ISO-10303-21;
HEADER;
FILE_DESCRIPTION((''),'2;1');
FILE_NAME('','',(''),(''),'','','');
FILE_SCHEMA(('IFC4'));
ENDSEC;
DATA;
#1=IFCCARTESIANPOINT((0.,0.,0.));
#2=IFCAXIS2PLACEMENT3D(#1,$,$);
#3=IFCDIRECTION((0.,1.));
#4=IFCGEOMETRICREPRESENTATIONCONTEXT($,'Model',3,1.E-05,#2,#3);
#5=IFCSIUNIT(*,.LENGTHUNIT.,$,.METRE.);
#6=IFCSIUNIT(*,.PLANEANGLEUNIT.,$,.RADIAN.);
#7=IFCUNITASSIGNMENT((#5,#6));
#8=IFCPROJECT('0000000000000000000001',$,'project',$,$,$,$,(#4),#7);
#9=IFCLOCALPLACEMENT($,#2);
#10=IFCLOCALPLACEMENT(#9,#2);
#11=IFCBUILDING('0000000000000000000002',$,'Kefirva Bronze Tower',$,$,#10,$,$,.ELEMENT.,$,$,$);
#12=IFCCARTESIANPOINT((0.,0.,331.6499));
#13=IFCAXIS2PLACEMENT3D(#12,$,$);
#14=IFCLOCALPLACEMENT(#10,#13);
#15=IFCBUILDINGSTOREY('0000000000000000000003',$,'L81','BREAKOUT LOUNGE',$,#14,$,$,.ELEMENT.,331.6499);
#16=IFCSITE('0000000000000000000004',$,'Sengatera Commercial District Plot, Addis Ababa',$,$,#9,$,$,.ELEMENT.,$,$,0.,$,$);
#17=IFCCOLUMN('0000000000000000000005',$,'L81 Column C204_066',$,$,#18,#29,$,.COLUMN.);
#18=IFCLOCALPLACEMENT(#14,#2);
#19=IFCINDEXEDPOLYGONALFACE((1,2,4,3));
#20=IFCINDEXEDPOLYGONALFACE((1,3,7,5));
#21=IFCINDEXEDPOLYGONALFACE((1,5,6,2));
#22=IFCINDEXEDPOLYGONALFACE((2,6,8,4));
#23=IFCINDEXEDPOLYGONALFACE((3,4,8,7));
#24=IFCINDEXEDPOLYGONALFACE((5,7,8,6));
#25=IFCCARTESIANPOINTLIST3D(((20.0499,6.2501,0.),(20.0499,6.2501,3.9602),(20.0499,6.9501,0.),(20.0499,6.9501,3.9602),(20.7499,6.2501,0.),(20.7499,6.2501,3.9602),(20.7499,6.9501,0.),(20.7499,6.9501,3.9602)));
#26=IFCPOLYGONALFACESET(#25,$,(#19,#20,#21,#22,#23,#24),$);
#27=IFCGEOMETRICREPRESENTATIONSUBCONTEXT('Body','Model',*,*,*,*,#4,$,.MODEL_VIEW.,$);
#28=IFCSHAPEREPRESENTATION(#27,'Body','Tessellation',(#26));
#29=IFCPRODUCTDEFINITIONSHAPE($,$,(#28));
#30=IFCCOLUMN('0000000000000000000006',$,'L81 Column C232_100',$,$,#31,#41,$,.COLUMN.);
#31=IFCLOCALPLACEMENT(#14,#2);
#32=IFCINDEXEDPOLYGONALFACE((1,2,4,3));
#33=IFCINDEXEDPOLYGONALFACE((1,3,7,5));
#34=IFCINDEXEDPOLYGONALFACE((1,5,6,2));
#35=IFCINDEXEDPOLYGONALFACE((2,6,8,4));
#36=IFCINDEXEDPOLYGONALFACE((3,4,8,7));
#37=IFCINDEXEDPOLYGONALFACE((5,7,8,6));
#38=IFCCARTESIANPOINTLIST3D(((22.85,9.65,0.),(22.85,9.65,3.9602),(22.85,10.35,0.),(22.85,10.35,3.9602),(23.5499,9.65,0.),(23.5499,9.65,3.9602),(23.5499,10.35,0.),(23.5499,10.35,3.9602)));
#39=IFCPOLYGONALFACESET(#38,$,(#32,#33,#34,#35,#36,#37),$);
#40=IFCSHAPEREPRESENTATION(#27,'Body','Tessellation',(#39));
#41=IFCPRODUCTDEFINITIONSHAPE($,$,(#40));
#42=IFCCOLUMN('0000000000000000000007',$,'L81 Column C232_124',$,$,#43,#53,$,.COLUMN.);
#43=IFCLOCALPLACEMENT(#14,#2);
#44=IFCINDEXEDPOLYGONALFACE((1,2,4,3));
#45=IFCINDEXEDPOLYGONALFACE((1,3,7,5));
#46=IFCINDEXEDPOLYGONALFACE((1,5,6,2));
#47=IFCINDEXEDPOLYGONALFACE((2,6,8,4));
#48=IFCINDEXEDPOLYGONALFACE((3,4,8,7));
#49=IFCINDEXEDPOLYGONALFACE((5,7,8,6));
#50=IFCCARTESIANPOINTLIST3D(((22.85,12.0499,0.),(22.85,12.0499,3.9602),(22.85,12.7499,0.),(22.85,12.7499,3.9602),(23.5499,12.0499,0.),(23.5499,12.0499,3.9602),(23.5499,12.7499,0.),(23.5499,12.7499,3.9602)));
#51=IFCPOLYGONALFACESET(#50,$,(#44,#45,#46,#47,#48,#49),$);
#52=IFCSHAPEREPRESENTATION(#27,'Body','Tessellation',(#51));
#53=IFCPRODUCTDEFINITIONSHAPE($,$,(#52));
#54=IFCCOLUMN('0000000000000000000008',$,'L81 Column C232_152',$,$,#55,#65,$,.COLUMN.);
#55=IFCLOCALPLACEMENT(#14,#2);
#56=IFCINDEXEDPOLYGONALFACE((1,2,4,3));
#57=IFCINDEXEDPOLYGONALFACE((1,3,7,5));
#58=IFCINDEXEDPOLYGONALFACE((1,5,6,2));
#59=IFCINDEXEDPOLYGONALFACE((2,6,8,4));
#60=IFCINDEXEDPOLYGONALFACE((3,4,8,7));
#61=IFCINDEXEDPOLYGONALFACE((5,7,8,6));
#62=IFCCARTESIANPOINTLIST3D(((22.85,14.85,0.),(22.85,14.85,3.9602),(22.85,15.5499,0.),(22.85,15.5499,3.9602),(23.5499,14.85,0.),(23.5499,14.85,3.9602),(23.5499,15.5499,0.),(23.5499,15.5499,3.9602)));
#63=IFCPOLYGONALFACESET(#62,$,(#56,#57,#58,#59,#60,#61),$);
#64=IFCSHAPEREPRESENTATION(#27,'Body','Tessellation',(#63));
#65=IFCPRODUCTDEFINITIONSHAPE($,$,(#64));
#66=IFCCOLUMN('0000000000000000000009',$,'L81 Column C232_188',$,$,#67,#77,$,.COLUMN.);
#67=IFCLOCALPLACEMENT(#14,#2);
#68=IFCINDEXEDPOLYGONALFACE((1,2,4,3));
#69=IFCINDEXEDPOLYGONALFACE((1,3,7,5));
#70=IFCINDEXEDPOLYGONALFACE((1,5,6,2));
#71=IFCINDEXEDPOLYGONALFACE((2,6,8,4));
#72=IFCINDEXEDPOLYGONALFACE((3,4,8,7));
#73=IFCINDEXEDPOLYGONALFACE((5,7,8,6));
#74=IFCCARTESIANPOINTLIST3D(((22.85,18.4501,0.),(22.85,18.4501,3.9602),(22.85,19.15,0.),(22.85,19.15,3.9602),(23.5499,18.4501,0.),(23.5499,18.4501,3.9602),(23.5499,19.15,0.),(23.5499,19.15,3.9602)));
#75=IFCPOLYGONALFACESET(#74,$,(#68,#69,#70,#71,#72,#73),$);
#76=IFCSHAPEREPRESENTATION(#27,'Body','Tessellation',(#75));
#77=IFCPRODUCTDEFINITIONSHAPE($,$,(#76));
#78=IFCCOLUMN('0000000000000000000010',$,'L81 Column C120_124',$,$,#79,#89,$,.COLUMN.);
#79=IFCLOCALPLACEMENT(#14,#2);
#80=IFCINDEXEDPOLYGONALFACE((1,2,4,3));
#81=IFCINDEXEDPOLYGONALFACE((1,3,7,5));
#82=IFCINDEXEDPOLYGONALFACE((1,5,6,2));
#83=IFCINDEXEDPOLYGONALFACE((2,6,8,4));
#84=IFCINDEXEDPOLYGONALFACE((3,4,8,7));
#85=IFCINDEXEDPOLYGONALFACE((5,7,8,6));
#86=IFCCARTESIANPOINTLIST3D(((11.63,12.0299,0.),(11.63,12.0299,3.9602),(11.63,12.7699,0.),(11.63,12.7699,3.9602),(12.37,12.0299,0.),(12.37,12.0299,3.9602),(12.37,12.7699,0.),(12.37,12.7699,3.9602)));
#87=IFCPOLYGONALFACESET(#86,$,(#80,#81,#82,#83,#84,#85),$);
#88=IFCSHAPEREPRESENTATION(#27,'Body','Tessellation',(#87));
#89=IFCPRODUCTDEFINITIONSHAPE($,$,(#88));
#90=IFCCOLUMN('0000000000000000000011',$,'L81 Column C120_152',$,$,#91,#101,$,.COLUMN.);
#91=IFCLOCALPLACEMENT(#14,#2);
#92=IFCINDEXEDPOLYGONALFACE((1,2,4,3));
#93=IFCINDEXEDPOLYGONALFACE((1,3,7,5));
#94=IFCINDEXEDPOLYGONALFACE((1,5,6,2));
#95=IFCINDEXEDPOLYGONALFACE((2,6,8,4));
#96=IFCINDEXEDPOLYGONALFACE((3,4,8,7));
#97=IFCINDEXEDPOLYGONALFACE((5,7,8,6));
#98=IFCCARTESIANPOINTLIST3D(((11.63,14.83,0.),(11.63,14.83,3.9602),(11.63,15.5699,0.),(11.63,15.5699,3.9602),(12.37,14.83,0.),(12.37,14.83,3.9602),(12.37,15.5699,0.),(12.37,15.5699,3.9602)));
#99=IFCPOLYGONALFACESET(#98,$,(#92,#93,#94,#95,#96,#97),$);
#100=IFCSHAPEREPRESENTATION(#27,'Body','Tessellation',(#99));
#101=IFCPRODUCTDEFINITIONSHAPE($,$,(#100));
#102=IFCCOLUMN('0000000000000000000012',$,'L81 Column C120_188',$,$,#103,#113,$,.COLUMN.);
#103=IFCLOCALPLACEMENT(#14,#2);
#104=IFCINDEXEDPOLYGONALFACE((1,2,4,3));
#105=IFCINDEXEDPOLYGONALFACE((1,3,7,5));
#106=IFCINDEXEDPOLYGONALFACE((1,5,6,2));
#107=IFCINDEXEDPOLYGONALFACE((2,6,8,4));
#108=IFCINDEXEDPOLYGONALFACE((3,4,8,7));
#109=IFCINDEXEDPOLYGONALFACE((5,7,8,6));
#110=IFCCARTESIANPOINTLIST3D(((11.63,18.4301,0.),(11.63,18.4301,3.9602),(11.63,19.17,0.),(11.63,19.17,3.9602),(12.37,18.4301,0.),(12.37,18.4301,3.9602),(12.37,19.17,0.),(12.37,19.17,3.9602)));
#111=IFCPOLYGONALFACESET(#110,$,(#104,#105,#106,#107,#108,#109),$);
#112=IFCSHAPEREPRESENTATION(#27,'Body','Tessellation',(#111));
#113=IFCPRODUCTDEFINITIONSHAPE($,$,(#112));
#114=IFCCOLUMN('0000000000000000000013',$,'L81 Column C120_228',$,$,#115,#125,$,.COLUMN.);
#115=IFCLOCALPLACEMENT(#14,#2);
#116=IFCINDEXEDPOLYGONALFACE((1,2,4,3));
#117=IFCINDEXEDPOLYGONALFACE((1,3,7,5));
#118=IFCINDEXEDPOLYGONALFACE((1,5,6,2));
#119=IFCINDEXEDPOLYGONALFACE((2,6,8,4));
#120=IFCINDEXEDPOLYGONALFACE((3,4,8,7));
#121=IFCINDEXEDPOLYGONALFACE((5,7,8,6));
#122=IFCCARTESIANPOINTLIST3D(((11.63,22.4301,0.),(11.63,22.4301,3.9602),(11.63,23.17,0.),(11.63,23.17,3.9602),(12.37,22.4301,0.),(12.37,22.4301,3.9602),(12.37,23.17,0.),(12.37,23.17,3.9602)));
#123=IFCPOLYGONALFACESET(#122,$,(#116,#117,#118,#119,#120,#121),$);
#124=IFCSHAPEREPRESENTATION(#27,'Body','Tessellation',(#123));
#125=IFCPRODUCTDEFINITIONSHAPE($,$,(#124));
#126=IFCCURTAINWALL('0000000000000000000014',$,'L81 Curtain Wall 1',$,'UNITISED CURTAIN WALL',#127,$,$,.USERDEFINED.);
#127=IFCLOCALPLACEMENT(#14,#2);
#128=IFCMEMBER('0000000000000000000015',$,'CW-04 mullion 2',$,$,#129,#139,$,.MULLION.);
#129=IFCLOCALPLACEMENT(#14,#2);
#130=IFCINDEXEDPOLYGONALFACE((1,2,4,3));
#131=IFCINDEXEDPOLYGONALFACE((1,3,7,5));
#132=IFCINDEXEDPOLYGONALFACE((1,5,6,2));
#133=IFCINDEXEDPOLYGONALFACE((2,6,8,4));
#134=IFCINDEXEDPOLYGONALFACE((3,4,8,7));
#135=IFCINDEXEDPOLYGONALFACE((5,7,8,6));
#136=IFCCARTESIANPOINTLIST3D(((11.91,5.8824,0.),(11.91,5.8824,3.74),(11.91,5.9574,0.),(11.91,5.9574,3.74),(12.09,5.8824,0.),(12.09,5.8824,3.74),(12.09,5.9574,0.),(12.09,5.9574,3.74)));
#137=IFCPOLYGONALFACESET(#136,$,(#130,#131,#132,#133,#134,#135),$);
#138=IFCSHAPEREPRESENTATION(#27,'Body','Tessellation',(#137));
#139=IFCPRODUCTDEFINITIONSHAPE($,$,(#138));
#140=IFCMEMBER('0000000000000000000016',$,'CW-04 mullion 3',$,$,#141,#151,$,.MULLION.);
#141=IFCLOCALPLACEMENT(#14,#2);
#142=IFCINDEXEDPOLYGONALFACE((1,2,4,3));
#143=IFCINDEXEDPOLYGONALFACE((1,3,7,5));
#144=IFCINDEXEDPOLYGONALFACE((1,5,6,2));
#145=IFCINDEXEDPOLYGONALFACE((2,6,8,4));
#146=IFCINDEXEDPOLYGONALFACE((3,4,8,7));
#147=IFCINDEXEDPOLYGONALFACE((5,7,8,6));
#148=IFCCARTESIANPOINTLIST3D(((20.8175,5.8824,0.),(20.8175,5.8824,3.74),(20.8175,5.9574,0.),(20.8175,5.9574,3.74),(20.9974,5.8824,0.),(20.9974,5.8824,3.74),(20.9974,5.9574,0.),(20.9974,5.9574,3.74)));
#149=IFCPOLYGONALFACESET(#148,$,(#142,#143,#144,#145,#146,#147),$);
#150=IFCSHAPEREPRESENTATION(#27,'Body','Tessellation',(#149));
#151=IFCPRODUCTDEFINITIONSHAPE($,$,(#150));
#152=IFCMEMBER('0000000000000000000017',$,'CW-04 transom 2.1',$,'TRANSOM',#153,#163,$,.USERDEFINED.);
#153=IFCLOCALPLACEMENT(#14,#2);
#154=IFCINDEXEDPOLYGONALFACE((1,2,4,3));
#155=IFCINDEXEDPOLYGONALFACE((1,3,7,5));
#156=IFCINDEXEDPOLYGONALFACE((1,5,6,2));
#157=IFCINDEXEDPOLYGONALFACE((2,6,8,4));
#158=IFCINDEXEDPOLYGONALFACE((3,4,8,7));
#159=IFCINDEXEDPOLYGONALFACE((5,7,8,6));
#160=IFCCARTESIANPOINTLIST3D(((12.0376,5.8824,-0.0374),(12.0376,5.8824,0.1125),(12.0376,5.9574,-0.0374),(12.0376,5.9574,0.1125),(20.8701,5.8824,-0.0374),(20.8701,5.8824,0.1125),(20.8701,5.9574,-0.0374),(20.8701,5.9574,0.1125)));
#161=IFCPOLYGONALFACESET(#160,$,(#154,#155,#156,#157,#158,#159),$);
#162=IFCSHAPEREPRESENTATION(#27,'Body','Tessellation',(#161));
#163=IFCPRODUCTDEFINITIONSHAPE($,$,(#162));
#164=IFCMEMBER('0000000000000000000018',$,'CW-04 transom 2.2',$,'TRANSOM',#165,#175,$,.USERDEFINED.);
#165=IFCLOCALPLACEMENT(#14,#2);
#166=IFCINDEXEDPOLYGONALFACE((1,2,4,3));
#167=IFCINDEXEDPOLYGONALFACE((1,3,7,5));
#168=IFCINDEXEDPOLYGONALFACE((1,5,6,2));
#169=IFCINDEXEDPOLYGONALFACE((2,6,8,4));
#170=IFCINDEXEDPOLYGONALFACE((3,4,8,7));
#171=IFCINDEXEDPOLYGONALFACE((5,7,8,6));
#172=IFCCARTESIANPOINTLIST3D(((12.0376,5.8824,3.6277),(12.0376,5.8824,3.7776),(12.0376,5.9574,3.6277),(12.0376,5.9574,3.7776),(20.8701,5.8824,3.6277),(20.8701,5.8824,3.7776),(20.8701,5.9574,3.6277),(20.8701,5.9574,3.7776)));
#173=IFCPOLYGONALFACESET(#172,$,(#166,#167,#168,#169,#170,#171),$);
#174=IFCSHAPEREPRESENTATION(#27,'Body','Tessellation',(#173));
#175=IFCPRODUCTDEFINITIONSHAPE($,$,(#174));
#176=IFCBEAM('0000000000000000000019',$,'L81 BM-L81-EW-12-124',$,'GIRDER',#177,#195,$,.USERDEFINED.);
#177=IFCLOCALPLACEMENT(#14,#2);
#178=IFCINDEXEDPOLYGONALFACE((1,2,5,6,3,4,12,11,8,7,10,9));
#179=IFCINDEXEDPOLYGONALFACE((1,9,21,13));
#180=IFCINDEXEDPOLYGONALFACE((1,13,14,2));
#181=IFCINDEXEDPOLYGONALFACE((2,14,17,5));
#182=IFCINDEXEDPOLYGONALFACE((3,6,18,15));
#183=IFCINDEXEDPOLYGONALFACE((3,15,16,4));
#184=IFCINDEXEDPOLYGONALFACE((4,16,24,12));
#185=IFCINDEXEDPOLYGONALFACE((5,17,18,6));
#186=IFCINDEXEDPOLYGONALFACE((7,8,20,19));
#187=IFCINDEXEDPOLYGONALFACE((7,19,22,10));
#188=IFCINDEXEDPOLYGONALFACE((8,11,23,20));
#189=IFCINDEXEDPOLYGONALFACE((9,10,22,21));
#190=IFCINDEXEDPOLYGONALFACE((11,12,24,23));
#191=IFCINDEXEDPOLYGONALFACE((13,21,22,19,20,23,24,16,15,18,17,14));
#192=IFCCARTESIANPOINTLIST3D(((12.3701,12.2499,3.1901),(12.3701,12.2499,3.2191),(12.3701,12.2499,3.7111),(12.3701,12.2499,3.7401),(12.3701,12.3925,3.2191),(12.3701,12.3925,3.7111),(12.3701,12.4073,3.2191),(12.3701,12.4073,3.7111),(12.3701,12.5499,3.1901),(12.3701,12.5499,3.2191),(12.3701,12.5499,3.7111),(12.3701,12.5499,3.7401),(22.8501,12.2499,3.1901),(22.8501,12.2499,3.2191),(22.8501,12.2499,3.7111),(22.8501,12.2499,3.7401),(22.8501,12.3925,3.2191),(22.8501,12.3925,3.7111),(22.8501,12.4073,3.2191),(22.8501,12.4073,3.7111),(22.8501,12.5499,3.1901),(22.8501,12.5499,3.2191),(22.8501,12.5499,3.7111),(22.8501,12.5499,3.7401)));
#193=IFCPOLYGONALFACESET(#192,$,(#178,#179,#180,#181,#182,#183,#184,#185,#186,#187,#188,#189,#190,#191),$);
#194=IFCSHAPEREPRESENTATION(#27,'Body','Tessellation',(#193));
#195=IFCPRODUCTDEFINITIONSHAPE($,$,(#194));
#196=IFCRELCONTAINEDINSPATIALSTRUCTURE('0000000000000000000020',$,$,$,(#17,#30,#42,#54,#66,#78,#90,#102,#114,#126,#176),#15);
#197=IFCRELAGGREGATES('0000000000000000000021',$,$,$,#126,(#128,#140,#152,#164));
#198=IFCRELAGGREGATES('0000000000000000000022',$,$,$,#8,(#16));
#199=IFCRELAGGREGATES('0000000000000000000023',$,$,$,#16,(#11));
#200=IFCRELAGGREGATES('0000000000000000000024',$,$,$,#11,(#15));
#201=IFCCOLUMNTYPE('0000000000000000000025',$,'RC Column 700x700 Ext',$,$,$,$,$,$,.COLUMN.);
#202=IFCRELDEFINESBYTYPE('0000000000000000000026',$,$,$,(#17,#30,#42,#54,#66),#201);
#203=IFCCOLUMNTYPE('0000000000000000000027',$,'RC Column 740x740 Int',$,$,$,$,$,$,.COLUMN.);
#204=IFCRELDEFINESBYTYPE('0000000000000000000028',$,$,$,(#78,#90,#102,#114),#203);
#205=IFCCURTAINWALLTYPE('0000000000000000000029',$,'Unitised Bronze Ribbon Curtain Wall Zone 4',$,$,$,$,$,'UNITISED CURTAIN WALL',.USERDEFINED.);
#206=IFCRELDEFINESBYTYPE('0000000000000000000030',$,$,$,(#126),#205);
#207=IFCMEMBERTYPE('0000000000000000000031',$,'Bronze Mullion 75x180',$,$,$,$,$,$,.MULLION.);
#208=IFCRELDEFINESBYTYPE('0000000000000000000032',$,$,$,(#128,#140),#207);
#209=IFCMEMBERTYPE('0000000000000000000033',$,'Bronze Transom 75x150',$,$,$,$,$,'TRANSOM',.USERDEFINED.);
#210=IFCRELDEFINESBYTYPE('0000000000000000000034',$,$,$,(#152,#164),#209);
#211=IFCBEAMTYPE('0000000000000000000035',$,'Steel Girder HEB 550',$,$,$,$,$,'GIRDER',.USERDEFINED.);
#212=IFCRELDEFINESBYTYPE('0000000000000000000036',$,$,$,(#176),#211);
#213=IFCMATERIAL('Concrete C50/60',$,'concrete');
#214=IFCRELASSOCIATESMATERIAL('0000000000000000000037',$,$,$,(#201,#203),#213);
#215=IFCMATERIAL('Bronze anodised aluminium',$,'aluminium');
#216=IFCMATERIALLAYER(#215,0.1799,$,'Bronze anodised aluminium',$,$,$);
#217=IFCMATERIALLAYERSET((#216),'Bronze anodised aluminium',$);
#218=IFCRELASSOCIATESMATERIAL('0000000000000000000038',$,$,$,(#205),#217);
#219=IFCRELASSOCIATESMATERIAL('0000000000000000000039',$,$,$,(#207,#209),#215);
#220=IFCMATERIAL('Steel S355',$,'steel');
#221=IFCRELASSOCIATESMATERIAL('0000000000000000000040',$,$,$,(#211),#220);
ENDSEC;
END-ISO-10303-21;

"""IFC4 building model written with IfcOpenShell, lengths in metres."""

from ifc_helpers import new_model, si_unit, direction, frame, origin, origin_2d, place, context, subcontext, project, spatial, rectangle, i_section, extrude, material, layer, layer_set, material_profile, profile_set, type_object, element, aggregate, save


model = new_model("IFC4")

# Units and contexts
model_context = context("Model", 3, precision=1e-05, world=origin(), true_north=direction((0.0, 1.0)))
body_context = subcontext(model_context, "Body", "Model", "MODEL_VIEW")
ifc_project = project(units=[si_unit("LENGTHUNIT", "METRE"), si_unit("PLANEANGLEUNIT", "RADIAN")], contexts=[model_context])

# Site, building, storey
site_placement = place(None, origin())
site = spatial("IfcSite", under=ifc_project, at=site_placement, Name="Sengatera Commercial District Plot, Addis Ababa", CompositionType="ELEMENT", RefElevation=0.0)
building_placement = place(site_placement, origin())
building = spatial("IfcBuilding", under=site, at=building_placement, Name="Kefirva Bronze Tower", CompositionType="ELEMENT")
storey_placement = place(building_placement, frame((0.0, 0.0, 331.6499)))
storey = spatial("IfcBuildingStorey", under=building, at=storey_placement, Name="L81", Description="BREAKOUT LOUNGE", CompositionType="ELEMENT", Elevation=331.6499)

# Columns
ifc_material_1 = material(Name="Concrete C50/60", Category="concrete")
ifc_material_profile_1 = material_profile(ifc_material_1, rectangle(XDim=0.7, YDim=0.7, at=origin_2d()), Name="RC 700x700")
ifc_profile_set_1 = profile_set([ifc_material_profile_1], Name="Concrete C50/60")
column_type_1 = type_object("IfcColumnType", Name="RC Column 700x700 Ext", PredefinedType="COLUMN", material=ifc_profile_set_1)
for number, where, z_axis, x_axis, name in (
    (1, (20.3999, 6.6001, 0.0), (0.0, 0.0, 1.0), (1.0, 0.0, 0.0), "L81 Column C204_066"),
    (2, (23.2, 10.0, 0.0), (0.0, 0.0, 1.0), (1.0, 0.0, 0.0), "L81 Column C232_100"),
    (3, (23.2, 12.3999, 0.0), (0.0, 0.0, 1.0), (1.0, 0.0, 0.0), "L81 Column C232_124"),
    (4, (23.2, 15.2, 0.0), (0.0, 0.0, 1.0), (1.0, 0.0, 0.0), "L81 Column C232_152"),
    (5, (23.2, 18.8, 0.0), (0.0, 0.0, 1.0), (1.0, 0.0, 0.0), "L81 Column C232_188"),
):
    element("IfcColumn", number, at=place(storey_placement, frame(where, z_axis=z_axis, x_axis=x_axis)), inside=storey, type_object=column_type_1, Name=name, PredefinedType="COLUMN", context=body_context, shape_type="SweptSolid", body=[
        extrude(rectangle(XDim=0.7, YDim=0.7, at=origin_2d()), origin(), (0.0, 0.0, 1.0), 3.9602),
    ])
ifc_material_profile_2 = material_profile(ifc_material_1, rectangle(XDim=0.74, YDim=0.74, at=origin_2d()), Name="RC 740x740")
ifc_profile_set_2 = profile_set([ifc_material_profile_2], Name="Concrete C50/60")
column_type_2 = type_object("IfcColumnType", Name="RC Column 740x740 Int", PredefinedType="COLUMN", material=ifc_profile_set_2)
for number, where, z_axis, x_axis, name in (
    (6, (12.0, 12.3999, 0.0), (0.0, 0.0, 1.0), (1.0, 0.0, 0.0), "L81 Column C120_124"),
    (7, (12.0, 15.2, 0.0), (0.0, 0.0, 1.0), (1.0, 0.0, 0.0), "L81 Column C120_152"),
    (8, (12.0, 18.8, 0.0), (0.0, 0.0, 1.0), (1.0, 0.0, 0.0), "L81 Column C120_188"),
    (9, (12.0, 22.8, 0.0), (0.0, 0.0, 1.0), (1.0, 0.0, 0.0), "L81 Column C120_228"),
):
    element("IfcColumn", number, at=place(storey_placement, frame(where, z_axis=z_axis, x_axis=x_axis)), inside=storey, type_object=column_type_2, Name=name, PredefinedType="COLUMN", context=body_context, shape_type="SweptSolid", body=[
        extrude(rectangle(XDim=0.74, YDim=0.74, at=origin_2d()), origin(), (0.0, 0.0, 1.0), 3.9602),
    ])

# Curtain wall, members
ifc_material_2 = material(Name="Bronze anodised aluminium", Category="aluminium")
ifc_layer_1 = layer(ifc_material_2, 0.1799, Name="Bronze anodised aluminium")
ifc_layer_set_1 = layer_set([ifc_layer_1], Name="Bronze anodised aluminium")
curtain_wall_type = type_object("IfcCurtainWallType", Name="Unitised Bronze Ribbon Curtain Wall Zone 4", ElementType="UNITISED CURTAIN WALL", PredefinedType="USERDEFINED", material=ifc_layer_set_1)
curtain_wall_placement = place(storey_placement, origin())
curtain_wall = element("IfcCurtainWall", 10, at=curtain_wall_placement, inside=storey, type_object=curtain_wall_type, Name="L81 Curtain Wall 1", ObjectType="UNITISED CURTAIN WALL", PredefinedType="USERDEFINED")
ifc_material_profile_3 = material_profile(ifc_material_2, rectangle(XDim=0.075, YDim=0.1799, at=origin_2d()), Name="ALU 75x180")
ifc_profile_set_3 = profile_set([ifc_material_profile_3], Name="Bronze anodised aluminium")
member_type_1 = type_object("IfcMemberType", Name="Bronze Mullion 75x180", PredefinedType="MULLION", material=ifc_profile_set_3)
member_1_placement = place(storey_placement, frame((12.0, 5.9199, 0.0), z_axis=(0.0, 0.0, 1.0), x_axis=(0.0, 1.0, 0.0)))
member_1 = element("IfcMember", 11, at=member_1_placement, type_object=member_type_1, Name="CW-04 mullion 2", PredefinedType="MULLION", context=body_context, shape_type="SweptSolid", body=[
    extrude(rectangle(XDim=0.075, YDim=0.1799, at=origin_2d()), origin(), (0.0, 0.0, 1.0), 3.74),
])
member_2_placement = place(storey_placement, frame((20.9075, 5.9199, 0.0), z_axis=(0.0, 0.0, 1.0), x_axis=(0.0, 1.0, 0.0)))
member_2 = element("IfcMember", 12, at=member_2_placement, type_object=member_type_1, Name="CW-04 mullion 3", PredefinedType="MULLION", context=body_context, shape_type="SweptSolid", body=[
    extrude(rectangle(XDim=0.075, YDim=0.1799, at=origin_2d()), origin(), (0.0, 0.0, 1.0), 3.74),
])
ifc_material_profile_4 = material_profile(ifc_material_2, rectangle(XDim=0.075, YDim=0.1499, at=origin_2d()), Name="ALU 75x150")
ifc_profile_set_4 = profile_set([ifc_material_profile_4], Name="Bronze anodised aluminium")
member_type_2 = type_object("IfcMemberType", Name="Bronze Transom 75x150", ElementType="TRANSOM", PredefinedType="USERDEFINED", material=ifc_profile_set_4)
member_3_placement = place(storey_placement, frame((12.0376, 5.9199, 0.0376), z_axis=(1.0, 0.0, 0.0), x_axis=(0.0, 1.0, 0.0)))
member_3 = element("IfcMember", 13, at=member_3_placement, type_object=member_type_2, Name="CW-04 transom 2.1", ObjectType="TRANSOM", PredefinedType="USERDEFINED", context=body_context, shape_type="SweptSolid", body=[
    extrude(rectangle(XDim=0.075, YDim=0.1499, at=origin_2d()), origin(), (0.0, 0.0, 1.0), 8.8325),
])
member_4_placement = place(storey_placement, frame((12.0376, 5.9199, 3.7026), z_axis=(1.0, 0.0, 0.0), x_axis=(0.0, 1.0, 0.0)))
member_4 = element("IfcMember", 14, at=member_4_placement, type_object=member_type_2, Name="CW-04 transom 2.2", ObjectType="TRANSOM", PredefinedType="USERDEFINED", context=body_context, shape_type="SweptSolid", body=[
    extrude(rectangle(XDim=0.075, YDim=0.1499, at=origin_2d()), origin(), (0.0, 0.0, 1.0), 8.8325),
])

# Beam
ifc_material_3 = material(Name="Steel S355", Category="steel")
ifc_material_profile_5 = material_profile(ifc_material_3, i_section(OverallWidth=0.3, OverallDepth=0.55, WebThickness=0.0149, FlangeThickness=0.0291, at=origin_2d()), Name="HEB 550")
ifc_profile_set_5 = profile_set([ifc_material_profile_5], Name="Steel S355")
beam_type_1 = type_object("IfcBeamType", Name="Steel Girder HEB 550", ElementType="GIRDER", PredefinedType="USERDEFINED", material=ifc_profile_set_5)
for number, where, z_axis, x_axis, name in (
    (15, (12.3701, 12.3999, 3.4651), (1.0, 0.0, 0.0), (0.0, 1.0, 0.0), "L81 BM-L81-EW-12-124"),
):
    element("IfcBeam", number, at=place(storey_placement, frame(where, z_axis=z_axis, x_axis=x_axis)), inside=storey, type_object=beam_type_1, Name=name, ObjectType="GIRDER", PredefinedType="USERDEFINED", context=body_context, shape_type="SweptSolid", body=[
        extrude(i_section(OverallWidth=0.3, OverallDepth=0.55, WebThickness=0.0149, FlangeThickness=0.0291, at=origin_2d()), origin(), (0.0, 0.0, 1.0), 10.48),
    ])

aggregate(curtain_wall, [member_1, member_2, member_3, member_4])

save(model, "model.ifc")
